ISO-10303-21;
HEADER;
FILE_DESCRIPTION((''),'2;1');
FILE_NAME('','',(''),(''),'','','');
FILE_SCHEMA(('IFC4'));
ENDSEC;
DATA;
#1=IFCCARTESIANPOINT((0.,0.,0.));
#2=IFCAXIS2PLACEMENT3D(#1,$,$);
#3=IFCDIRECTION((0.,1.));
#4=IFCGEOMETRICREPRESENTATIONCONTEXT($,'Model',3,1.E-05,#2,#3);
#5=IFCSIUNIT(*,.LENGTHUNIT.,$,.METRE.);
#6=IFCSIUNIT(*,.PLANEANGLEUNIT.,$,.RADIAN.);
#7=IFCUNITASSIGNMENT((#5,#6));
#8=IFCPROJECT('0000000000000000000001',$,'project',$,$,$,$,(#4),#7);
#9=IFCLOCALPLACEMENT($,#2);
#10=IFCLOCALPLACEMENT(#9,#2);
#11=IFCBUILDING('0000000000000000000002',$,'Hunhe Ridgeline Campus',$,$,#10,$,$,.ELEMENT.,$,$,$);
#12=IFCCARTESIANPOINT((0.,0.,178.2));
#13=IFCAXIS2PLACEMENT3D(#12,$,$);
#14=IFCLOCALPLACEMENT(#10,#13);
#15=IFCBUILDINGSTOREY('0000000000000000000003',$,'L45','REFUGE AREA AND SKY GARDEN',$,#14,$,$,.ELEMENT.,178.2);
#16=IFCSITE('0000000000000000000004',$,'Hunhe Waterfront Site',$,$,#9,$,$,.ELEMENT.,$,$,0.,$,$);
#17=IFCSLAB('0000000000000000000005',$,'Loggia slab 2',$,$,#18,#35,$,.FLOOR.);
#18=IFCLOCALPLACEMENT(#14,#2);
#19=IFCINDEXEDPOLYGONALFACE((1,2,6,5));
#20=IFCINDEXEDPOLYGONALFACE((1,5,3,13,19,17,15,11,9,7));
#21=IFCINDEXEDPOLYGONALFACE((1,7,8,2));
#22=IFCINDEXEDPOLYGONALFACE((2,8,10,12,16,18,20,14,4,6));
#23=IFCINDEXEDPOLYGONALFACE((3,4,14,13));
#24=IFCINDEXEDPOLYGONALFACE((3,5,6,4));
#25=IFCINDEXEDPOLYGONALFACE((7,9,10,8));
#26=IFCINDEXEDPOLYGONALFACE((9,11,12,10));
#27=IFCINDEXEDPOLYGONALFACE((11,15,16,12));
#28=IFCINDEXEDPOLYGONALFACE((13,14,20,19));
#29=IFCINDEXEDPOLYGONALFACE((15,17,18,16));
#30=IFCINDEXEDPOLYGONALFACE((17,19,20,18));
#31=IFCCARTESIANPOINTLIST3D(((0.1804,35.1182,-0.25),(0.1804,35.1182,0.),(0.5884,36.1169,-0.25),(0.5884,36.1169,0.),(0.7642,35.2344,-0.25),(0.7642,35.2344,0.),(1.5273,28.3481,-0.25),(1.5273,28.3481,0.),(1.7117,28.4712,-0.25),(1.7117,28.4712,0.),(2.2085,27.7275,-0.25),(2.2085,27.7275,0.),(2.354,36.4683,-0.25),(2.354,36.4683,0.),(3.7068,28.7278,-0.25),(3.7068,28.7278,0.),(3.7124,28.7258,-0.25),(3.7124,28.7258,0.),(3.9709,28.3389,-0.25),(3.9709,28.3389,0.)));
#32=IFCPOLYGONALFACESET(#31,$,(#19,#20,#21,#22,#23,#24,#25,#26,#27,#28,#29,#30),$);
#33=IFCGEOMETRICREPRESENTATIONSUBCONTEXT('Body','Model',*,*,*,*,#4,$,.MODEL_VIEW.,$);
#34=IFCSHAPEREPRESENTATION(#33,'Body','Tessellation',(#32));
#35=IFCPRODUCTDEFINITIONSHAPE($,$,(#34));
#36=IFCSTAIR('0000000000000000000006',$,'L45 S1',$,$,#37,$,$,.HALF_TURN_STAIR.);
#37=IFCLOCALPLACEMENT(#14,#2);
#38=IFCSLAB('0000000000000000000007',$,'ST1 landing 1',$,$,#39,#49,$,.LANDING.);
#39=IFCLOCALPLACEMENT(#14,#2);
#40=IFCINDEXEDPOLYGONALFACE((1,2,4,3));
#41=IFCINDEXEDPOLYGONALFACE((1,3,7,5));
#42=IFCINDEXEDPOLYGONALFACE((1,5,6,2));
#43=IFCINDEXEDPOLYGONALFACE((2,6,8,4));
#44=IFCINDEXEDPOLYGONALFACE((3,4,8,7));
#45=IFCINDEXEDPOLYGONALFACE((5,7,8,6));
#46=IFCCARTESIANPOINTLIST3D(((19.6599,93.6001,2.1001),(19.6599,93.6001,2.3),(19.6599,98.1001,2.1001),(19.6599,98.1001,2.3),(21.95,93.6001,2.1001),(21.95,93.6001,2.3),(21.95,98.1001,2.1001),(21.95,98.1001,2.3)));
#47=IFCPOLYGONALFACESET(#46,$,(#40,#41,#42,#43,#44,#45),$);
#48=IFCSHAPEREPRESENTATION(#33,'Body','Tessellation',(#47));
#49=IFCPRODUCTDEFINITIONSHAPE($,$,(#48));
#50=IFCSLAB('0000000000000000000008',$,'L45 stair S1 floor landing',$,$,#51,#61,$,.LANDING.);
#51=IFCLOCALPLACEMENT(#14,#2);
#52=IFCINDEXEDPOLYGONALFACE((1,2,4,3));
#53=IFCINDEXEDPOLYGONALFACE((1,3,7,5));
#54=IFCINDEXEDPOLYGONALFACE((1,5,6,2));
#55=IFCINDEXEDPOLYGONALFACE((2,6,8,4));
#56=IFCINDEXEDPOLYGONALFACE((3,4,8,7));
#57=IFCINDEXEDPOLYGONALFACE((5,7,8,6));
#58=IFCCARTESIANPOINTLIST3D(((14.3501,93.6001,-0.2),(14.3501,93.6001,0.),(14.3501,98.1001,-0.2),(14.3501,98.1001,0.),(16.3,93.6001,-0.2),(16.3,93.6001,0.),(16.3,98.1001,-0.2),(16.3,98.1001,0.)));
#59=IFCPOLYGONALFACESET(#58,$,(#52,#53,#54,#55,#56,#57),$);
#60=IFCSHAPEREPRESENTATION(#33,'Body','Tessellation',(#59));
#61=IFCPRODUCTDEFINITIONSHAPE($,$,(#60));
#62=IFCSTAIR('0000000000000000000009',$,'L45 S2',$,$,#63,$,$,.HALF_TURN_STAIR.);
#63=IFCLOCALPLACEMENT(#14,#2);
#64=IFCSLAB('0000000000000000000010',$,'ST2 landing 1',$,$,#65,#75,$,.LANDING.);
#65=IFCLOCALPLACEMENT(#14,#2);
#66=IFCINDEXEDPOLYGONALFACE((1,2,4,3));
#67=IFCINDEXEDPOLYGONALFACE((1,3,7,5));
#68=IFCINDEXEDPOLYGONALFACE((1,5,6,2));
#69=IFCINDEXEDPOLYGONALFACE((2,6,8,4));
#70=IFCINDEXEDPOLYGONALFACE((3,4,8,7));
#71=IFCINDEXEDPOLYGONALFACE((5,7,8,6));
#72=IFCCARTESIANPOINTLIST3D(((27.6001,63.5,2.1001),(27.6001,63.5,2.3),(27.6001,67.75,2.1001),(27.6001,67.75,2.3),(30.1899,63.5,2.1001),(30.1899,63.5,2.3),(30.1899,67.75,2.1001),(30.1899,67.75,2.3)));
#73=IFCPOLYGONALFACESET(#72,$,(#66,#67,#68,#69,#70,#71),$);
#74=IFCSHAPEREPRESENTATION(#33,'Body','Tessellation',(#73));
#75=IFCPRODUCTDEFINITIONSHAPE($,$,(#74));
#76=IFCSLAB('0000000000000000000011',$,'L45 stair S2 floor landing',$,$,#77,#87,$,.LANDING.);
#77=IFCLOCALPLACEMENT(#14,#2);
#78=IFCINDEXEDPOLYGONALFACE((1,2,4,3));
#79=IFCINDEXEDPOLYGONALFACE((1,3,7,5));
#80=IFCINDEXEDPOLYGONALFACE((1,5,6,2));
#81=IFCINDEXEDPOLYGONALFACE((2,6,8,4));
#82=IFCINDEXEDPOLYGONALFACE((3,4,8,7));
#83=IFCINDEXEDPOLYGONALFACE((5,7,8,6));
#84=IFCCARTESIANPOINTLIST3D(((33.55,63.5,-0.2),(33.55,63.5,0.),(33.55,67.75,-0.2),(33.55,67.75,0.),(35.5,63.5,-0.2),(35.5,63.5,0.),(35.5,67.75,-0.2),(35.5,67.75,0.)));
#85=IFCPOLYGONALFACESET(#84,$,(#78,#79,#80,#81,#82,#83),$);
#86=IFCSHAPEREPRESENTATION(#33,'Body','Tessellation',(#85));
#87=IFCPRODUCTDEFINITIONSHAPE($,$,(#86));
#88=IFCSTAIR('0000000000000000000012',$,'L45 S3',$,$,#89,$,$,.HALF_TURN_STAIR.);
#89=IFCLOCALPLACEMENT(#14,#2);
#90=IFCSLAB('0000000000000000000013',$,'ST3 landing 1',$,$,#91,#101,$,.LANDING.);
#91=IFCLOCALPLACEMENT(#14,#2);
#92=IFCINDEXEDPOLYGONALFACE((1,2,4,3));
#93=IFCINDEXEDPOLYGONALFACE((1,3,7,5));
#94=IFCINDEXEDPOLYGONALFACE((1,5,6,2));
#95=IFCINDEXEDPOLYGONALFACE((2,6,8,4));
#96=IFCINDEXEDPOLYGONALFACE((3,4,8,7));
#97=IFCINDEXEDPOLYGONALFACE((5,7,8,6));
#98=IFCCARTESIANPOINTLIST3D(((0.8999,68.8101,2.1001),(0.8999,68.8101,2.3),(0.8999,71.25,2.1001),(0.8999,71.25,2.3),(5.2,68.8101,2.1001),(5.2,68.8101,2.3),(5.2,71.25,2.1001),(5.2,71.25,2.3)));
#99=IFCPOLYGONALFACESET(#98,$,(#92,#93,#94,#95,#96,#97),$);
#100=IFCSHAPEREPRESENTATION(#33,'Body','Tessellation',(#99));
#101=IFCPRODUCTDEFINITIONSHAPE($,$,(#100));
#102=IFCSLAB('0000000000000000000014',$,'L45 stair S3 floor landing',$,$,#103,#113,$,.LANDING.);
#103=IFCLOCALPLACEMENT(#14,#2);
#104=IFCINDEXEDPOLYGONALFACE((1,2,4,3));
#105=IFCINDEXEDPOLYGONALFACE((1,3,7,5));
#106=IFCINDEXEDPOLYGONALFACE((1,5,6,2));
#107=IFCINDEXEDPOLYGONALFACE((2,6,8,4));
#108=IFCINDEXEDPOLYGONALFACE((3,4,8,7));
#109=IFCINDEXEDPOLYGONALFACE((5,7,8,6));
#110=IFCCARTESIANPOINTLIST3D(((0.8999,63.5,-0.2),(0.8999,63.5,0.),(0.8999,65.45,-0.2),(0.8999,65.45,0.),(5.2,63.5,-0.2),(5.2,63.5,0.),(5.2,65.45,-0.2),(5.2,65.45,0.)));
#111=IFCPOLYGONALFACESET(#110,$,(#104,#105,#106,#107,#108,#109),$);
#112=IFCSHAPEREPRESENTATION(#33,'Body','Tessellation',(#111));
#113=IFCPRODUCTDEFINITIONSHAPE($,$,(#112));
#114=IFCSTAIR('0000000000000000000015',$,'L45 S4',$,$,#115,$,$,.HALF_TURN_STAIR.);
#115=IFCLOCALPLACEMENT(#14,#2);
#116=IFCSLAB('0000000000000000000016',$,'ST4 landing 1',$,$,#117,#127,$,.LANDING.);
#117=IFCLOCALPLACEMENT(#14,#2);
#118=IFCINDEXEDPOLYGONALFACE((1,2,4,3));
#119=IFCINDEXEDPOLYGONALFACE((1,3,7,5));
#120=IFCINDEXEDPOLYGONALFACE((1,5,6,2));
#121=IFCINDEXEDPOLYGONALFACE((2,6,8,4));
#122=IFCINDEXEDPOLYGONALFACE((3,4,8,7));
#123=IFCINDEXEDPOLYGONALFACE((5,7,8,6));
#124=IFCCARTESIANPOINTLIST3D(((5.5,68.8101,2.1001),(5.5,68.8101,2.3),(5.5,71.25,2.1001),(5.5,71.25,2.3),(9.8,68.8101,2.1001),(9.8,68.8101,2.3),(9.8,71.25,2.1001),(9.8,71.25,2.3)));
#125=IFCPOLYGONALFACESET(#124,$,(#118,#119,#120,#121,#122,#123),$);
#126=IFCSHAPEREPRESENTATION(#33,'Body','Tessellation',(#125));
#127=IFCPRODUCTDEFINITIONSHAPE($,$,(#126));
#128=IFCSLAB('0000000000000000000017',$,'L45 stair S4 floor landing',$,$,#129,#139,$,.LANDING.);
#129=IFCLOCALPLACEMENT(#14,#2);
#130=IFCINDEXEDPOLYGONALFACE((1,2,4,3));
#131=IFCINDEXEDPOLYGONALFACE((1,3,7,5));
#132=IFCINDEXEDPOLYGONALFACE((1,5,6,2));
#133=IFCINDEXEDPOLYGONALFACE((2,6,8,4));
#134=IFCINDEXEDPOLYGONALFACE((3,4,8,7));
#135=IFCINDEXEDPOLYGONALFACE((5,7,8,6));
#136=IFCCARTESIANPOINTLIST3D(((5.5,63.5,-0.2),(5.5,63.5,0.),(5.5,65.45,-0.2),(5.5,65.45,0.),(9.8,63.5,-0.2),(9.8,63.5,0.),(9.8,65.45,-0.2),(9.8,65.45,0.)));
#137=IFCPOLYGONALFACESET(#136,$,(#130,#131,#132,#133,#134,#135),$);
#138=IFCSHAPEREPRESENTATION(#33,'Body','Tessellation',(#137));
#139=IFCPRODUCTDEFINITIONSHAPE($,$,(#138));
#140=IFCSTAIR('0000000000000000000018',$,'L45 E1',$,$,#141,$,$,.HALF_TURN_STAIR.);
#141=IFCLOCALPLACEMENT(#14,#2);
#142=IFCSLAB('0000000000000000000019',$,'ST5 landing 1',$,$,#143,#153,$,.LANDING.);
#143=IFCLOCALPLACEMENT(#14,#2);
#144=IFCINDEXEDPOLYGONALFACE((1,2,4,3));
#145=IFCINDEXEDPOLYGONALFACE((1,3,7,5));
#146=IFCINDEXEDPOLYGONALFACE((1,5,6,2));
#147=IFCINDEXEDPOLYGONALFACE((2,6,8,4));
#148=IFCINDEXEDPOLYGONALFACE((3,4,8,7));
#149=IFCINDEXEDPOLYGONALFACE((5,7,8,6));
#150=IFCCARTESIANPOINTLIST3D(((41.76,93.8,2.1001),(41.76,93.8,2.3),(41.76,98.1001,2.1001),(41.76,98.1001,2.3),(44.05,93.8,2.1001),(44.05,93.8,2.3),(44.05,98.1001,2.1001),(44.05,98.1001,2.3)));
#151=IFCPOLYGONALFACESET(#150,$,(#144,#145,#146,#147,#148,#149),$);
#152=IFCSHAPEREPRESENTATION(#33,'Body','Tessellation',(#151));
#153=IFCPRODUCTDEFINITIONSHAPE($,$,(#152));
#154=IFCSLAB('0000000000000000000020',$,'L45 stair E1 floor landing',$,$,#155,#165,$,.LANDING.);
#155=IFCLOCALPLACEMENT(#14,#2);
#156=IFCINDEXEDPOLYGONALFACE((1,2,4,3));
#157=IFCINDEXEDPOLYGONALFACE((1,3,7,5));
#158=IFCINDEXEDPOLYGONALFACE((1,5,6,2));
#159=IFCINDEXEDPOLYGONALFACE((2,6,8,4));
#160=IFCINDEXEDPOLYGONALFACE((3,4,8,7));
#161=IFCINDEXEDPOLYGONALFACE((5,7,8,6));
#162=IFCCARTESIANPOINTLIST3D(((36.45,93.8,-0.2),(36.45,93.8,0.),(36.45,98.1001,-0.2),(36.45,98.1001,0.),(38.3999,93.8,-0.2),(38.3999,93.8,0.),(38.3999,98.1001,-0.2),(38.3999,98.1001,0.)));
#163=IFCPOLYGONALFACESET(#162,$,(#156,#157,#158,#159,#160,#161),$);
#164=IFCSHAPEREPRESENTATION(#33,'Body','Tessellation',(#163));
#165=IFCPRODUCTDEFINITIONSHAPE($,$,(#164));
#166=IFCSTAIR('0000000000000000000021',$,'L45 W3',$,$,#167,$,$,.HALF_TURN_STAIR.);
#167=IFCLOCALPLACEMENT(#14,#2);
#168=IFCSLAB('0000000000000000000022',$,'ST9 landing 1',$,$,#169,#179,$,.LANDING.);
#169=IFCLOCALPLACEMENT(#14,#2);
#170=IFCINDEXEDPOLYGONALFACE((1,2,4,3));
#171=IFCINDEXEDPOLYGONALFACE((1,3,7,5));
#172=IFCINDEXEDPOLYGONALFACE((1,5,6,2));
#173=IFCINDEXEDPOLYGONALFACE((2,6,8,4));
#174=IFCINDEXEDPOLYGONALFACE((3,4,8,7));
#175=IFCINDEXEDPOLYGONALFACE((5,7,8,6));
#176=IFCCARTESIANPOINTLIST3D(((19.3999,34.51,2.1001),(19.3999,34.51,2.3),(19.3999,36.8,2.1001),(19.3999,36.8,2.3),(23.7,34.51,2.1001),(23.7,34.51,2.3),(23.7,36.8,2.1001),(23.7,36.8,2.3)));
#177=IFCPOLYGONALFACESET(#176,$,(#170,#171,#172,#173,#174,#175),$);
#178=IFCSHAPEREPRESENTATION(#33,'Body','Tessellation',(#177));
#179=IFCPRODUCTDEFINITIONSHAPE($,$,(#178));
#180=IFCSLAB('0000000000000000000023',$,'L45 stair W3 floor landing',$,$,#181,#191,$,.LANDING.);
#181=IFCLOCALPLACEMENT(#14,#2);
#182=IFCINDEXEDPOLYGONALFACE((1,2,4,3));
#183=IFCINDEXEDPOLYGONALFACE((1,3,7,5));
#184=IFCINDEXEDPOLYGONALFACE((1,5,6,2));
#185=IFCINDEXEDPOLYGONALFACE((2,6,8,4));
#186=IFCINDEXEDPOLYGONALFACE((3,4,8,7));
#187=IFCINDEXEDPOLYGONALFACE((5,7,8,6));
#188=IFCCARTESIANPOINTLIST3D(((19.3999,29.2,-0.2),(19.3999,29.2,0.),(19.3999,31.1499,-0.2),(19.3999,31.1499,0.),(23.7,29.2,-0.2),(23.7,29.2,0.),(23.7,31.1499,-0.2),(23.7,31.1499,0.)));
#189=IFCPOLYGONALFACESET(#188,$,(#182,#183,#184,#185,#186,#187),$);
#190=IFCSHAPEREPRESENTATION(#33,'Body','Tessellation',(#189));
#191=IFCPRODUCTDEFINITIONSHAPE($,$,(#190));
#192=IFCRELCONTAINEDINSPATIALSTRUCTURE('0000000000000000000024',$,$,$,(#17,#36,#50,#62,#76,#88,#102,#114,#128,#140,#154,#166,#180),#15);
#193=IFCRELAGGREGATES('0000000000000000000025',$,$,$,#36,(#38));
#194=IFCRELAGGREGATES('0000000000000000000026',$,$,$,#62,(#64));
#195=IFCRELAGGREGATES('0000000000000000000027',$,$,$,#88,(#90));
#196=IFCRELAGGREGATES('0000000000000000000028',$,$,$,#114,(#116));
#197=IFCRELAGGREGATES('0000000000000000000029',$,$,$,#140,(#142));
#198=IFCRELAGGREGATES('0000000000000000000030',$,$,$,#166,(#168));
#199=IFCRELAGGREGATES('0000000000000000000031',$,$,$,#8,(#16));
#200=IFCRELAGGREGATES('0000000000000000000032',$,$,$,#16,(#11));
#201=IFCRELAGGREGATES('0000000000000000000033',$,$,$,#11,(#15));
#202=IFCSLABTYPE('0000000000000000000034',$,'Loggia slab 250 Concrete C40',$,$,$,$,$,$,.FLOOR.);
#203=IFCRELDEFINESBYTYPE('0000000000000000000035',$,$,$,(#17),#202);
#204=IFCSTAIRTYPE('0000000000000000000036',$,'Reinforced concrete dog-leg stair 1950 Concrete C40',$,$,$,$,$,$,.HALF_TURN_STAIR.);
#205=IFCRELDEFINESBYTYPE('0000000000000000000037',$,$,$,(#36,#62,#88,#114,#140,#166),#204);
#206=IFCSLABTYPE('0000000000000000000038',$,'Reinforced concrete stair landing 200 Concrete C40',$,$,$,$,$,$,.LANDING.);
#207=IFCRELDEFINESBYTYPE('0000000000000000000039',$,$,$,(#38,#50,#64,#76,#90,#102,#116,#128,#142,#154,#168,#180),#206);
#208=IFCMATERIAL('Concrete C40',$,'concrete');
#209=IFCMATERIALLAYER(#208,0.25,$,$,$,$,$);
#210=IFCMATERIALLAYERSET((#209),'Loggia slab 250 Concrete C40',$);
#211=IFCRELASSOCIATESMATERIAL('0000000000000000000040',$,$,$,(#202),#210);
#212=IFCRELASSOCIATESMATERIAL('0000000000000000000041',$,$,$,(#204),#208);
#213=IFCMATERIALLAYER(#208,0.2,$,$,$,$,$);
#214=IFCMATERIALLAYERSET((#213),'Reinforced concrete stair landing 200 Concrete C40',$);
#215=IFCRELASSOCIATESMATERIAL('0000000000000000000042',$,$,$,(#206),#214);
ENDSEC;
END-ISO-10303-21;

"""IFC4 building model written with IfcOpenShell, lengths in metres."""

from ifc_helpers import new_model, si_unit, direction, frame, origin, place, context, subcontext, project, spatial, polyline, outline, extrude, material, layer, layer_set, type_object, element, aggregate, save


model = new_model("IFC4")

# Units and contexts
model_context = context("Model", 3, precision=1e-05, world=origin(), true_north=direction((0.0, 1.0)))
body_context = subcontext(model_context, "Body", "Model", "MODEL_VIEW")
ifc_project = project(units=[si_unit("LENGTHUNIT", "METRE"), si_unit("PLANEANGLEUNIT", "RADIAN")], contexts=[model_context])

# Site, building, storey
site_placement = place(None, origin())
site = spatial("IfcSite", under=ifc_project, at=site_placement, Name="Hunhe Waterfront Site", CompositionType="ELEMENT", RefElevation=0.0)
building_placement = place(site_placement, origin())
building = spatial("IfcBuilding", under=site, at=building_placement, Name="Hunhe Ridgeline Campus", CompositionType="ELEMENT")
storey_placement = place(building_placement, frame((0.0, 0.0, 178.2)))
storey = spatial("IfcBuildingStorey", under=building, at=storey_placement, Name="L45", Description="REFUGE AREA AND SKY GARDEN", CompositionType="ELEMENT", Elevation=178.2)

# Slab
ifc_material_1 = material(Name="Concrete C40", Category="concrete")
ifc_layer_1 = layer(ifc_material_1, 0.25)
ifc_layer_set_1 = layer_set([ifc_layer_1], Name="Loggia slab 250 Concrete C40")
slab_type_1 = type_object("IfcSlabType", Name="Loggia slab 250 Concrete C40", PredefinedType="FLOOR", material=ifc_layer_set_1)
slab_1_placement = place(storey_placement, frame((0.0, 0.0, -0.25)))
element("IfcSlab", 1, at=slab_1_placement, inside=storey, type_object=slab_type_1, Name="Loggia slab 2", PredefinedType="FLOOR", context=body_context, shape_type="SweptSolid", body=[
    extrude(outline(polyline([(2.2085, 27.7275), (3.7068, 28.7278), (3.7124, 28.7258), (3.9709, 28.3389), (2.354, 36.4683), (0.5884, 36.1169), (0.7642, 35.2344), (0.1804, 35.1182), (1.5273, 28.3481), (1.7117, 28.4712), (2.2085, 27.7275)])), origin(), (0.0, 0.0, 1.0), 0.25),
])

# Stair, slab
stair_type = type_object("IfcStairType", Name="Reinforced concrete dog-leg stair 1950 Concrete C40", PredefinedType="HALF_TURN_STAIR", material=ifc_material_1)
stair_1_placement = place(storey_placement, origin())
stair_1 = element("IfcStair", 2, at=stair_1_placement, inside=storey, type_object=stair_type, Name="L45 S1", PredefinedType="HALF_TURN_STAIR")
ifc_layer_2 = layer(ifc_material_1, 0.2)
ifc_layer_set_2 = layer_set([ifc_layer_2], Name="Reinforced concrete stair landing 200 Concrete C40")
slab_type_2 = type_object("IfcSlabType", Name="Reinforced concrete stair landing 200 Concrete C40", PredefinedType="LANDING", material=ifc_layer_set_2)
slab_2_placement = place(storey_placement, frame((0.0, 0.0, 2.1001)))
slab_2 = element("IfcSlab", 3, at=slab_2_placement, type_object=slab_type_2, Name="ST1 landing 1", PredefinedType="LANDING", context=body_context, shape_type="SweptSolid", body=[
    extrude(outline(polyline([(19.6599, 93.6001), (21.95, 93.6001), (21.95, 98.1001), (19.6599, 98.1001), (19.6599, 93.6001)])), origin(), (0.0, 0.0, 1.0), 0.2),
])
aggregate(stair_1, [slab_2])

# Slab
slab_3_placement = place(storey_placement, frame((0.0, 0.0, -0.2)))
element("IfcSlab", 4, at=slab_3_placement, inside=storey, type_object=slab_type_2, Name="L45 stair S1 floor landing", PredefinedType="LANDING", context=body_context, shape_type="SweptSolid", body=[
    extrude(outline(polyline([(14.3501, 93.6001), (16.3, 93.6001), (16.3, 98.1001), (14.3501, 98.1001), (14.3501, 93.6001)])), origin(), (0.0, 0.0, 1.0), 0.2),
])

# Stair, slab
stair_2_placement = place(storey_placement, origin())
stair_2 = element("IfcStair", 5, at=stair_2_placement, inside=storey, type_object=stair_type, Name="L45 S2", PredefinedType="HALF_TURN_STAIR")
slab_4_placement = place(storey_placement, frame((0.0, 0.0, 2.1001)))
slab_4 = element("IfcSlab", 6, at=slab_4_placement, type_object=slab_type_2, Name="ST2 landing 1", PredefinedType="LANDING", context=body_context, shape_type="SweptSolid", body=[
    extrude(outline(polyline([(30.1899, 67.75), (27.6001, 67.75), (27.6001, 63.5), (30.1899, 63.5), (30.1899, 67.75)])), origin(), (0.0, 0.0, 1.0), 0.2),
])
aggregate(stair_2, [slab_4])

# Slab
slab_5_placement = place(storey_placement, frame((0.0, 0.0, -0.2)))
element("IfcSlab", 7, at=slab_5_placement, inside=storey, type_object=slab_type_2, Name="L45 stair S2 floor landing", PredefinedType="LANDING", context=body_context, shape_type="SweptSolid", body=[
    extrude(outline(polyline([(35.5, 67.75), (33.55, 67.75), (33.55, 63.5), (35.5, 63.5), (35.5, 67.75)])), origin(), (0.0, 0.0, 1.0), 0.2),
])

# Stair, slab
stair_3_placement = place(storey_placement, origin())
stair_3 = element("IfcStair", 8, at=stair_3_placement, inside=storey, type_object=stair_type, Name="L45 S3", PredefinedType="HALF_TURN_STAIR")
slab_6_placement = place(storey_placement, frame((0.0, 0.0, 2.1001)))
slab_6 = element("IfcSlab", 9, at=slab_6_placement, type_object=slab_type_2, Name="ST3 landing 1", PredefinedType="LANDING", context=body_context, shape_type="SweptSolid", body=[
    extrude(outline(polyline([(5.2, 68.8101), (5.2, 71.25), (0.8999, 71.25), (0.8999, 68.8101), (5.2, 68.8101)])), origin(), (0.0, 0.0, 1.0), 0.2),
])
aggregate(stair_3, [slab_6])

# Slab
slab_7_placement = place(storey_placement, frame((0.0, 0.0, -0.2)))
element("IfcSlab", 10, at=slab_7_placement, inside=storey, type_object=slab_type_2, Name="L45 stair S3 floor landing", PredefinedType="LANDING", context=body_context, shape_type="SweptSolid", body=[
    extrude(outline(polyline([(5.2, 63.5), (5.2, 65.45), (0.8999, 65.45), (0.8999, 63.5), (5.2, 63.5)])), origin(), (0.0, 0.0, 1.0), 0.2),
])

# Stair, slab
stair_4_placement = place(storey_placement, origin())
stair_4 = element("IfcStair", 11, at=stair_4_placement, inside=storey, type_object=stair_type, Name="L45 S4", PredefinedType="HALF_TURN_STAIR")
slab_8_placement = place(storey_placement, frame((0.0, 0.0, 2.1001)))
slab_8 = element("IfcSlab", 12, at=slab_8_placement, type_object=slab_type_2, Name="ST4 landing 1", PredefinedType="LANDING", context=body_context, shape_type="SweptSolid", body=[
    extrude(outline(polyline([(9.8, 68.8101), (9.8, 71.25), (5.5, 71.25), (5.5, 68.8101), (9.8, 68.8101)])), origin(), (0.0, 0.0, 1.0), 0.2),
])
aggregate(stair_4, [slab_8])

# Slab
slab_9_placement = place(storey_placement, frame((0.0, 0.0, -0.2)))
element("IfcSlab", 13, at=slab_9_placement, inside=storey, type_object=slab_type_2, Name="L45 stair S4 floor landing", PredefinedType="LANDING", context=body_context, shape_type="SweptSolid", body=[
    extrude(outline(polyline([(9.8, 63.5), (9.8, 65.45), (5.5, 65.45), (5.5, 63.5), (9.8, 63.5)])), origin(), (0.0, 0.0, 1.0), 0.2),
])

# Stair, slab
stair_5_placement = place(storey_placement, origin())
stair_5 = element("IfcStair", 14, at=stair_5_placement, inside=storey, type_object=stair_type, Name="L45 E1", PredefinedType="HALF_TURN_STAIR")
slab_10_placement = place(storey_placement, frame((0.0, 0.0, 2.1001)))
slab_10 = element("IfcSlab", 15, at=slab_10_placement, type_object=slab_type_2, Name="ST5 landing 1", PredefinedType="LANDING", context=body_context, shape_type="SweptSolid", body=[
    extrude(outline(polyline([(41.76, 93.8), (44.05, 93.8), (44.05, 98.1001), (41.76, 98.1001), (41.76, 93.8)])), origin(), (0.0, 0.0, 1.0), 0.2),
])
aggregate(stair_5, [slab_10])

# Slab
slab_11_placement = place(storey_placement, frame((0.0, 0.0, -0.2)))
element("IfcSlab", 16, at=slab_11_placement, inside=storey, type_object=slab_type_2, Name="L45 stair E1 floor landing", PredefinedType="LANDING", context=body_context, shape_type="SweptSolid", body=[
    extrude(outline(polyline([(36.45, 93.8), (38.3999, 93.8), (38.3999, 98.1001), (36.45, 98.1001), (36.45, 93.8)])), origin(), (0.0, 0.0, 1.0), 0.2),
])

# Stair, slab
stair_6_placement = place(storey_placement, origin())
stair_6 = element("IfcStair", 17, at=stair_6_placement, inside=storey, type_object=stair_type, Name="L45 W3", PredefinedType="HALF_TURN_STAIR")
slab_12_placement = place(storey_placement, frame((0.0, 0.0, 2.1001)))
slab_12 = element("IfcSlab", 18, at=slab_12_placement, type_object=slab_type_2, Name="ST9 landing 1", PredefinedType="LANDING", context=body_context, shape_type="SweptSolid", body=[
    extrude(outline(polyline([(23.7, 34.51), (23.7, 36.8), (19.3999, 36.8), (19.3999, 34.51), (23.7, 34.51)])), origin(), (0.0, 0.0, 1.0), 0.2),
])
aggregate(stair_6, [slab_12])

# Slab
slab_13_placement = place(storey_placement, frame((0.0, 0.0, -0.2)))
element("IfcSlab", 19, at=slab_13_placement, inside=storey, type_object=slab_type_2, Name="L45 stair W3 floor landing", PredefinedType="LANDING", context=body_context, shape_type="SweptSolid", body=[
    extrude(outline(polyline([(23.7, 29.2), (23.7, 31.1499), (19.3999, 31.1499), (19.3999, 29.2), (23.7, 29.2)])), origin(), (0.0, 0.0, 1.0), 0.2),
])

save(model, "model.ifc")
